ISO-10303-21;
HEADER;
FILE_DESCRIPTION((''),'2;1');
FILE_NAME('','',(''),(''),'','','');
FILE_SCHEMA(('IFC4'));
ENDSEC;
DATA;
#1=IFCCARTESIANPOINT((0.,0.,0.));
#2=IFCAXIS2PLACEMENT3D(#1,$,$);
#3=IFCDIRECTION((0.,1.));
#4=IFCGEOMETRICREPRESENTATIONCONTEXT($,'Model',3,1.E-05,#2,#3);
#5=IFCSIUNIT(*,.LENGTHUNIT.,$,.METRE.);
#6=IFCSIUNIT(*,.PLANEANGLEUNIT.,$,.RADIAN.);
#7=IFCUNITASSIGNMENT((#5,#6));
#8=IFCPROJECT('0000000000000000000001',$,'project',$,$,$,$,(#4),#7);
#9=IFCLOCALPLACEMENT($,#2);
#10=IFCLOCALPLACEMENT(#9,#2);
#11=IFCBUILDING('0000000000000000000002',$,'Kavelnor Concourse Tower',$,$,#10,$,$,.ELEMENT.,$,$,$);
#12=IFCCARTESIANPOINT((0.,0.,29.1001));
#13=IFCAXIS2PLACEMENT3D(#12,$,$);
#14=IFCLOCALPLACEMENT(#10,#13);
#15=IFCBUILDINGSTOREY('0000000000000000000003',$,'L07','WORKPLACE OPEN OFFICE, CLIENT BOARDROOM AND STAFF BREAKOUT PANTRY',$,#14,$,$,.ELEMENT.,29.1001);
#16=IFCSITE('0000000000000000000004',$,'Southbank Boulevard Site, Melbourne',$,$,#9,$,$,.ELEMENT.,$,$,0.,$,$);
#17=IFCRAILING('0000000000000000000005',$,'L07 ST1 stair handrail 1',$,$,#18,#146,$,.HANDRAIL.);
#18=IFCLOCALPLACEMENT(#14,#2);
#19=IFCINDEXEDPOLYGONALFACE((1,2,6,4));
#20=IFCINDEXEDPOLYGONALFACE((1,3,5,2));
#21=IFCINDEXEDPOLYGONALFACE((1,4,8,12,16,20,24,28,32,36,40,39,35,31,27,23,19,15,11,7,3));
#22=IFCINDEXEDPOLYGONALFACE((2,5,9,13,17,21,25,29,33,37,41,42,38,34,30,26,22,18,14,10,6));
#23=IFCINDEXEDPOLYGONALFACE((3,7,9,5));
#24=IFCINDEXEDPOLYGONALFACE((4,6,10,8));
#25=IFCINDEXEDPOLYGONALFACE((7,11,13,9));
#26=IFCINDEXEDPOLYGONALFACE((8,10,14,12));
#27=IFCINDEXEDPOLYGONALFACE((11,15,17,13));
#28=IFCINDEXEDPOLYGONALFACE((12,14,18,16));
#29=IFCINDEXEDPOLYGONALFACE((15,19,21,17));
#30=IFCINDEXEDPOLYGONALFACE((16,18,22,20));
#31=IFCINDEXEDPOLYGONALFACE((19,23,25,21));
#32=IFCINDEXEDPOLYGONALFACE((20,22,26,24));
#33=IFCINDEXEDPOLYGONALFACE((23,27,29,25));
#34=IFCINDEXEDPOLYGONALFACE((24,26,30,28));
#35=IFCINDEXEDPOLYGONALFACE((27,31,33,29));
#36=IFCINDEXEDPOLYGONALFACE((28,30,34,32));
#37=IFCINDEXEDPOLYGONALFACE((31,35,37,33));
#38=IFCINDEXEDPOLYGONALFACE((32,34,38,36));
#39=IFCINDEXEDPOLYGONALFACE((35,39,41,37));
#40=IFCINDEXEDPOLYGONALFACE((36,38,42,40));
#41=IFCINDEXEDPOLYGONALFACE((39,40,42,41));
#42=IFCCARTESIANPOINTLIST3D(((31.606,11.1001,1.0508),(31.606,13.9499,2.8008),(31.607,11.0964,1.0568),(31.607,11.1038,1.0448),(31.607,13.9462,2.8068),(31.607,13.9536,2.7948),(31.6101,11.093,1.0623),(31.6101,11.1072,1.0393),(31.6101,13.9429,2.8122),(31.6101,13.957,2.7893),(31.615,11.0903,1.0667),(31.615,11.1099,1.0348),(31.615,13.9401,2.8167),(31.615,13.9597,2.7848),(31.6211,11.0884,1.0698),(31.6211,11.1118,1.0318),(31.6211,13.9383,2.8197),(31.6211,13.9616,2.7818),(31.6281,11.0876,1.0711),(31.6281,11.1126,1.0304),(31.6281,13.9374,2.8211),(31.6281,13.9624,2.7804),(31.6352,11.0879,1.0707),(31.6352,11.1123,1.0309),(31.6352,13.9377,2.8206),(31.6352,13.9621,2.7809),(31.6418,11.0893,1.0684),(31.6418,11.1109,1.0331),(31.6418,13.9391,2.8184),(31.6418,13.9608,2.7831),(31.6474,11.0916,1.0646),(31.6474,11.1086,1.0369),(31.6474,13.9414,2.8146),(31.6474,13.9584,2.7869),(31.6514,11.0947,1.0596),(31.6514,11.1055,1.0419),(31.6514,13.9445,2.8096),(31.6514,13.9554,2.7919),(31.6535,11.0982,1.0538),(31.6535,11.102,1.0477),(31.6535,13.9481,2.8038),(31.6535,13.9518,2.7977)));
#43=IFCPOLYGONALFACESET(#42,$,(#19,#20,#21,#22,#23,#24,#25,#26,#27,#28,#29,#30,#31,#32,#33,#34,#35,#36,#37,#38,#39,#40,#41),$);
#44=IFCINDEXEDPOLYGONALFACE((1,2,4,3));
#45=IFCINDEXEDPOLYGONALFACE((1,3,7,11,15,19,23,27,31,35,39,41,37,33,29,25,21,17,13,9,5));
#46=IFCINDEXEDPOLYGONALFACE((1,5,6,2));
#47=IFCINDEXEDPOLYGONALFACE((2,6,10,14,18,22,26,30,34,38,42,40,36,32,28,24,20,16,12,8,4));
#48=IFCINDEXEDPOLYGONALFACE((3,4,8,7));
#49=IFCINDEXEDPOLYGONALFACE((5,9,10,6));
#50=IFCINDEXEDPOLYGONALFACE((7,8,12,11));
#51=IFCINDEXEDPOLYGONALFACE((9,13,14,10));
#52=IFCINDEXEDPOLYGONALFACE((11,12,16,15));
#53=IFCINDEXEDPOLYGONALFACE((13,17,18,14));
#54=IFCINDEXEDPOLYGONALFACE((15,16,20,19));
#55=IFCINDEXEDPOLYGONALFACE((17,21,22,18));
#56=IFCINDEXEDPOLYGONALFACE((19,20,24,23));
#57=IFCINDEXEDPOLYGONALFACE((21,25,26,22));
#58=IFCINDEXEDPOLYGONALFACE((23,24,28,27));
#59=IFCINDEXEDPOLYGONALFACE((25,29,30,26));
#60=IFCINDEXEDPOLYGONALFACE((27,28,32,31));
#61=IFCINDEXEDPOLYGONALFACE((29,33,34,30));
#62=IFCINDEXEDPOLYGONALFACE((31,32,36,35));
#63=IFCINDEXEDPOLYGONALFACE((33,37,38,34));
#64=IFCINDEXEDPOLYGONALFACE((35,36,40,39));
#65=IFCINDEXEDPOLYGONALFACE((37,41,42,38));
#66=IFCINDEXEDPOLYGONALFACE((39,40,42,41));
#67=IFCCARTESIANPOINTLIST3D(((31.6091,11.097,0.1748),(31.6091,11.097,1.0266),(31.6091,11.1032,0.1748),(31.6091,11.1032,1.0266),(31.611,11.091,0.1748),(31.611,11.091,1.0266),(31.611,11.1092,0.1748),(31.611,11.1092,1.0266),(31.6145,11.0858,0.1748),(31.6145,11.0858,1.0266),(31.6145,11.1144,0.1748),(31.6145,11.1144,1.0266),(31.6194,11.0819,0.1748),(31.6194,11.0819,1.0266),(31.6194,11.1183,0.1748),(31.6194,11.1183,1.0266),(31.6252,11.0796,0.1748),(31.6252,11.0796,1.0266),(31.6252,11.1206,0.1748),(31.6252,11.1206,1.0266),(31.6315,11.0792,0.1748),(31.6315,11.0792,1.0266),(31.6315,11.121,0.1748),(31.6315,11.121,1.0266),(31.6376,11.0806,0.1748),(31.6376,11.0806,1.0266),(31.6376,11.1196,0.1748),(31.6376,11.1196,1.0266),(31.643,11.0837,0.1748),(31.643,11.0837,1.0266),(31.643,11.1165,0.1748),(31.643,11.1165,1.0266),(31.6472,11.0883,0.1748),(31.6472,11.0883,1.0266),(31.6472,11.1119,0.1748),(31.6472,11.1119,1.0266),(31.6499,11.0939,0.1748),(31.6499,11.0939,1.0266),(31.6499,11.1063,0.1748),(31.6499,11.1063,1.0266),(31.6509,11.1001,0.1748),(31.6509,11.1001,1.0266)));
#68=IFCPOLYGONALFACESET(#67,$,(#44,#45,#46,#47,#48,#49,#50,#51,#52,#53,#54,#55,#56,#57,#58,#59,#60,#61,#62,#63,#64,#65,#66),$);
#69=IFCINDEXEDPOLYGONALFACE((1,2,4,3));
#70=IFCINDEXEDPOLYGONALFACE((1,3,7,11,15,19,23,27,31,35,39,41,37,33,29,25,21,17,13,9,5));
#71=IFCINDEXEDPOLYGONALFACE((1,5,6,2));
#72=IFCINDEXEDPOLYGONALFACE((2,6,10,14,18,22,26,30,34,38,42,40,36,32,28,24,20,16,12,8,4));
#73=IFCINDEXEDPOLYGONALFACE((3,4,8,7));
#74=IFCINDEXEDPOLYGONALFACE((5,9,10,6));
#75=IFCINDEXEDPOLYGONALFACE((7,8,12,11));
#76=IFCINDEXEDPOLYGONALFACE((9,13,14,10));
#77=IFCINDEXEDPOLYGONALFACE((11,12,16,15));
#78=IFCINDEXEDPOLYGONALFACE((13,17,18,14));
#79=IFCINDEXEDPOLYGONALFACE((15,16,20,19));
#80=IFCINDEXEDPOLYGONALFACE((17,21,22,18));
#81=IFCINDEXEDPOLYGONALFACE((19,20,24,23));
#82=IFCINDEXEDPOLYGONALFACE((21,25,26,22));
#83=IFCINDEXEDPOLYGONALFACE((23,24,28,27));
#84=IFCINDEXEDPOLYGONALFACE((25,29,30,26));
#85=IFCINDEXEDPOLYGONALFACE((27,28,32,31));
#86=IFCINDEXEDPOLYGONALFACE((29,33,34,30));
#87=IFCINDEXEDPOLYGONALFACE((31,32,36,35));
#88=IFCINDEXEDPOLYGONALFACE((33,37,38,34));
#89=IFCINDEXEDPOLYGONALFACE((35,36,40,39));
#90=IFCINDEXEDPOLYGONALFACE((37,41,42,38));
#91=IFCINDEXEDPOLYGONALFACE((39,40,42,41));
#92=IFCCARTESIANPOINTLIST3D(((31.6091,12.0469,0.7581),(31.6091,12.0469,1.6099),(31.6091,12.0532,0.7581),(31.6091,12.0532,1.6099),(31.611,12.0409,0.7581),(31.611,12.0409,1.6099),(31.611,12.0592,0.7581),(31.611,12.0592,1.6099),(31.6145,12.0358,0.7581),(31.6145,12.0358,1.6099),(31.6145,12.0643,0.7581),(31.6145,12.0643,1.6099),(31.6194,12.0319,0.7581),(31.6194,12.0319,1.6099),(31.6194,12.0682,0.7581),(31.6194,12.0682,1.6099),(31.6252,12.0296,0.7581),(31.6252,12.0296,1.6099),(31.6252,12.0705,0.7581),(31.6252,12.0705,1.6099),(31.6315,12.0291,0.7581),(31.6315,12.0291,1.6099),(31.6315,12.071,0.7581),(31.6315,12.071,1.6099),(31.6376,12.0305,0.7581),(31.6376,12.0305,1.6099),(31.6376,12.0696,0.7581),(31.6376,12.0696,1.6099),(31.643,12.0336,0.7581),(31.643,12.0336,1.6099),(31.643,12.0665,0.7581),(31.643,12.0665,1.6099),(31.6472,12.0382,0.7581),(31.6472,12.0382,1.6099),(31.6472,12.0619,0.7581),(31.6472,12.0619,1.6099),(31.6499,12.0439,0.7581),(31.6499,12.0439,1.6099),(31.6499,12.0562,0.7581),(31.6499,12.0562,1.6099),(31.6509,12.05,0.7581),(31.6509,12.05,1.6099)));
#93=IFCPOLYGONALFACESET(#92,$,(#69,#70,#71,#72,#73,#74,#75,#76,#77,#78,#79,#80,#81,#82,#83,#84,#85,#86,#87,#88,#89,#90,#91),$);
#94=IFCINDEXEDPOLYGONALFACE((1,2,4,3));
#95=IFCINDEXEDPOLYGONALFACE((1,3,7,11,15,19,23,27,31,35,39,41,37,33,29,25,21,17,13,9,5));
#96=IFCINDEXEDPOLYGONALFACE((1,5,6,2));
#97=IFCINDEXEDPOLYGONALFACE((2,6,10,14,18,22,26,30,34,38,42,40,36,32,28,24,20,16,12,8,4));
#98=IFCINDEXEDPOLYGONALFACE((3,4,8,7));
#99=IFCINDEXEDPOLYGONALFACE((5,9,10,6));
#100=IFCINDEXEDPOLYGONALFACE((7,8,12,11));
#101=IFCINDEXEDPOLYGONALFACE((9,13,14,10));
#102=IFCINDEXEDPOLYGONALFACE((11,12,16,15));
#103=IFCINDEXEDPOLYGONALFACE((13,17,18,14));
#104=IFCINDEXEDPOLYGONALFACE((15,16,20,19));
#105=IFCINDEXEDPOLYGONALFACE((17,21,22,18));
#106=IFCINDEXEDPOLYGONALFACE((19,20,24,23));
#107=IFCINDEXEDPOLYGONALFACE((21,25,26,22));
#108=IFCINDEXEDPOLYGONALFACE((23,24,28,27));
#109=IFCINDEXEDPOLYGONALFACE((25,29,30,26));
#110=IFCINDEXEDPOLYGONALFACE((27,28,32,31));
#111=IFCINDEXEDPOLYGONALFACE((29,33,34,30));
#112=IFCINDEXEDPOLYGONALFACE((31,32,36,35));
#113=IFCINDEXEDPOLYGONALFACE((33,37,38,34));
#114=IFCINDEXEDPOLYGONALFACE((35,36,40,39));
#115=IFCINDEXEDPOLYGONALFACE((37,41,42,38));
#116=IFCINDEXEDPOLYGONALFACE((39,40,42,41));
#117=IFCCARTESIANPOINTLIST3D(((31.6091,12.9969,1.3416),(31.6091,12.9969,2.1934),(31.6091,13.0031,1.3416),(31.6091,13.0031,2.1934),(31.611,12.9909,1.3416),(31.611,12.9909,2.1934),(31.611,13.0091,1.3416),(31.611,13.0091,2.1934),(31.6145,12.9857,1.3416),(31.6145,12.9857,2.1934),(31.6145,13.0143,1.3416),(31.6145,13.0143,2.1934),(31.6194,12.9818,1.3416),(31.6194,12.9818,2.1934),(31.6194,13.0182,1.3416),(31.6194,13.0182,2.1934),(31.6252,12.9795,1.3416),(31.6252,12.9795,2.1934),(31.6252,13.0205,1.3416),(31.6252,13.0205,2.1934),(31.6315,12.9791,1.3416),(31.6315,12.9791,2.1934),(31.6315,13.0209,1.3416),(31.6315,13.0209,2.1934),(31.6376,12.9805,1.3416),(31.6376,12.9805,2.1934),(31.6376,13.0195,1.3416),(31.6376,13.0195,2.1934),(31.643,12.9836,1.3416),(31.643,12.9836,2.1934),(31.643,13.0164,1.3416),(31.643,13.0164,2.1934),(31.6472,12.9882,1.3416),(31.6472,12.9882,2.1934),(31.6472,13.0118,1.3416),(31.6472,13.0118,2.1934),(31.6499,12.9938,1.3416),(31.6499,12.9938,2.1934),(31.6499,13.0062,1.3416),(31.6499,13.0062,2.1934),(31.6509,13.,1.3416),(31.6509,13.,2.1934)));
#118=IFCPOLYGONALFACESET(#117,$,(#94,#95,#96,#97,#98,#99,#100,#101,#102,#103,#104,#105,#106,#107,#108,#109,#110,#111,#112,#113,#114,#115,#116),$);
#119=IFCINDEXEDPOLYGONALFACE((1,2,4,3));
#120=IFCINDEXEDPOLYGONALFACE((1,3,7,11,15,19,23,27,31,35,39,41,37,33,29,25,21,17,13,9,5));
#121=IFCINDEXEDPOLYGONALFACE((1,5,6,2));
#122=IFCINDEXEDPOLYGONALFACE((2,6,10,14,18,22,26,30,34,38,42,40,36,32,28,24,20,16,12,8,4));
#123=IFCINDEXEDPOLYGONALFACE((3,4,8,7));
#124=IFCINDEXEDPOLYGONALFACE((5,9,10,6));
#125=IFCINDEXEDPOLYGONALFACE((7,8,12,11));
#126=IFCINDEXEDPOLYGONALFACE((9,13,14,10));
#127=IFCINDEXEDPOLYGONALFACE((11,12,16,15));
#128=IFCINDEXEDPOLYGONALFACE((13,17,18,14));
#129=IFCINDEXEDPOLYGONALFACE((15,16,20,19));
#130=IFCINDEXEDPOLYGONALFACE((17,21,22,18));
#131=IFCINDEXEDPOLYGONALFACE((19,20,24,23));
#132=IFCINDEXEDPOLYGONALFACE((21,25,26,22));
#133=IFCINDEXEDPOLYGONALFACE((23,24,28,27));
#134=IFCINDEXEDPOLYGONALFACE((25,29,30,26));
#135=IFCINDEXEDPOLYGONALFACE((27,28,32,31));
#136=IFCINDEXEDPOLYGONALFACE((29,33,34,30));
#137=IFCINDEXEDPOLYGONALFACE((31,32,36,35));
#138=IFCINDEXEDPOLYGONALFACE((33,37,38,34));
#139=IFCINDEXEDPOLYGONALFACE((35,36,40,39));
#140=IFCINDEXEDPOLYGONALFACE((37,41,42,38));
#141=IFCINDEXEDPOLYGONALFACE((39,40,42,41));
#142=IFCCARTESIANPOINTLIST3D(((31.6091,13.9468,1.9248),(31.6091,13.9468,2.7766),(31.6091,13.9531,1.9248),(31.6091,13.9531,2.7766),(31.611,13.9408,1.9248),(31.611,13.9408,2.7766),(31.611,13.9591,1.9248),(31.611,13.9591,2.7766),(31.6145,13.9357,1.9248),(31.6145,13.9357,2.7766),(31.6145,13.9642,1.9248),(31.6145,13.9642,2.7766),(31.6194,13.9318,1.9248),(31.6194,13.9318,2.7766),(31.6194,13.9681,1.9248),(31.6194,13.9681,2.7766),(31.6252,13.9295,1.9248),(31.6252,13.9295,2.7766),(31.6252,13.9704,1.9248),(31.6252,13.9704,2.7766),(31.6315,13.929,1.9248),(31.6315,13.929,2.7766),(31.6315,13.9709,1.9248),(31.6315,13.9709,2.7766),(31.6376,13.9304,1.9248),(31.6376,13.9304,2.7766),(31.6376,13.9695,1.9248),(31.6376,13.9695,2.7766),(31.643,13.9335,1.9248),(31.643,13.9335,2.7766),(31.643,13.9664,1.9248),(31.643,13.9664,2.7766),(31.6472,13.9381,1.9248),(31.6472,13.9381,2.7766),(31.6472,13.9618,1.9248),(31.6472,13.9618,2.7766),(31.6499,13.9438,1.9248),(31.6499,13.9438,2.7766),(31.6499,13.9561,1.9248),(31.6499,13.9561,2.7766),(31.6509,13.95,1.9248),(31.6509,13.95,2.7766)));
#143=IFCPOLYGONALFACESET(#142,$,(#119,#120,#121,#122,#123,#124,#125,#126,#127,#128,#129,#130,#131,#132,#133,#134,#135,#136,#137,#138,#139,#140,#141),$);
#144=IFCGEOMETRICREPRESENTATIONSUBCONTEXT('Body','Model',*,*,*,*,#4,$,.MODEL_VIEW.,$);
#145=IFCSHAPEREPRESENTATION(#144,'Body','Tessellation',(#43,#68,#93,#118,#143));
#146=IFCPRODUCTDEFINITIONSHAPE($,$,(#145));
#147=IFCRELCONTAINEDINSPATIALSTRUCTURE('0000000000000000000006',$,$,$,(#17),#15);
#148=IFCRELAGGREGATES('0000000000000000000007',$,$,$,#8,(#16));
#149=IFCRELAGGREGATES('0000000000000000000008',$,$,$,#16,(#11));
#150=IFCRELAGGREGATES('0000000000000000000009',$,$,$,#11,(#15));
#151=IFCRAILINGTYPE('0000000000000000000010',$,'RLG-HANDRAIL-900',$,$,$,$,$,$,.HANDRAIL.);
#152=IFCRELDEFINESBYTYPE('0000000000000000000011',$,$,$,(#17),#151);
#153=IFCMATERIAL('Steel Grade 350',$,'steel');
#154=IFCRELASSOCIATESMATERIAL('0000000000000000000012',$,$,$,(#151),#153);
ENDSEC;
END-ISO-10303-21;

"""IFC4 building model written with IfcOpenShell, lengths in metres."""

from ifc_helpers import new_model, si_unit, direction, frame, origin, origin_2d, place, context, subcontext, project, spatial, circle, extrude, material, type_object, element, save


model = new_model("IFC4")

# Units and contexts
model_context = context("Model", 3, precision=1e-05, world=origin(), true_north=direction((0.0, 1.0)))
body_context = subcontext(model_context, "Body", "Model", "MODEL_VIEW")
ifc_project = project(units=[si_unit("LENGTHUNIT", "METRE"), si_unit("PLANEANGLEUNIT", "RADIAN")], contexts=[model_context])

# Site, building, storey
site_placement = place(None, origin())
site = spatial("IfcSite", under=ifc_project, at=site_placement, Name="Southbank Boulevard Site, Melbourne", CompositionType="ELEMENT", RefElevation=0.0)
building_placement = place(site_placement, origin())
building = spatial("IfcBuilding", under=site, at=building_placement, Name="Kavelnor Concourse Tower", CompositionType="ELEMENT")
storey_placement = place(building_placement, frame((0.0, 0.0, 29.1001)))
storey = spatial("IfcBuildingStorey", under=building, at=storey_placement, Name="L07", Description="WORKPLACE OPEN OFFICE, CLIENT BOARDROOM AND STAFF BREAKOUT PANTRY", CompositionType="ELEMENT", Elevation=29.1001)

# Shared definitions
ifc_material_1 = material(Name="Steel Grade 350", Category="steel")

# Railing
railing_type_1 = type_object("IfcRailingType", Name="RLG-HANDRAIL-900", PredefinedType="HANDRAIL", material=ifc_material_1)
railing_1_placement = place(storey_placement, frame((31.6299, 11.1001, 0.1748)))
element("IfcRailing", 1, at=railing_1_placement, inside=storey, type_object=railing_type_1, Name="L07 ST1 stair handrail 1", PredefinedType="HANDRAIL", context=body_context, shape_type="SweptSolid", body=[
    extrude(circle(Radius=0.0239, at=origin_2d()), frame((0.0, 0.0, 0.876), z_axis=(0.0, 0.852159, 0.523283), x_axis=(-1.0, 0.0, 0.0)), (0.0, 0.0, 1.0), 3.3442),
    extrude(circle(Radius=0.021, at=origin_2d()), origin(), (0.0, 0.0, 1.0), 0.8518),
    extrude(circle(Radius=0.021, at=origin_2d()), frame((0.0, 0.95, 0.5833)), (0.0, 0.0, 1.0), 0.8518),
    extrude(circle(Radius=0.021, at=origin_2d()), frame((0.0, 1.8999, 1.1667)), (0.0, 0.0, 1.0), 0.8518),
    extrude(circle(Radius=0.021, at=origin_2d()), frame((0.0, 2.8499, 1.75)), (0.0, 0.0, 1.0), 0.8518),
])

save(model, "model.ifc")
